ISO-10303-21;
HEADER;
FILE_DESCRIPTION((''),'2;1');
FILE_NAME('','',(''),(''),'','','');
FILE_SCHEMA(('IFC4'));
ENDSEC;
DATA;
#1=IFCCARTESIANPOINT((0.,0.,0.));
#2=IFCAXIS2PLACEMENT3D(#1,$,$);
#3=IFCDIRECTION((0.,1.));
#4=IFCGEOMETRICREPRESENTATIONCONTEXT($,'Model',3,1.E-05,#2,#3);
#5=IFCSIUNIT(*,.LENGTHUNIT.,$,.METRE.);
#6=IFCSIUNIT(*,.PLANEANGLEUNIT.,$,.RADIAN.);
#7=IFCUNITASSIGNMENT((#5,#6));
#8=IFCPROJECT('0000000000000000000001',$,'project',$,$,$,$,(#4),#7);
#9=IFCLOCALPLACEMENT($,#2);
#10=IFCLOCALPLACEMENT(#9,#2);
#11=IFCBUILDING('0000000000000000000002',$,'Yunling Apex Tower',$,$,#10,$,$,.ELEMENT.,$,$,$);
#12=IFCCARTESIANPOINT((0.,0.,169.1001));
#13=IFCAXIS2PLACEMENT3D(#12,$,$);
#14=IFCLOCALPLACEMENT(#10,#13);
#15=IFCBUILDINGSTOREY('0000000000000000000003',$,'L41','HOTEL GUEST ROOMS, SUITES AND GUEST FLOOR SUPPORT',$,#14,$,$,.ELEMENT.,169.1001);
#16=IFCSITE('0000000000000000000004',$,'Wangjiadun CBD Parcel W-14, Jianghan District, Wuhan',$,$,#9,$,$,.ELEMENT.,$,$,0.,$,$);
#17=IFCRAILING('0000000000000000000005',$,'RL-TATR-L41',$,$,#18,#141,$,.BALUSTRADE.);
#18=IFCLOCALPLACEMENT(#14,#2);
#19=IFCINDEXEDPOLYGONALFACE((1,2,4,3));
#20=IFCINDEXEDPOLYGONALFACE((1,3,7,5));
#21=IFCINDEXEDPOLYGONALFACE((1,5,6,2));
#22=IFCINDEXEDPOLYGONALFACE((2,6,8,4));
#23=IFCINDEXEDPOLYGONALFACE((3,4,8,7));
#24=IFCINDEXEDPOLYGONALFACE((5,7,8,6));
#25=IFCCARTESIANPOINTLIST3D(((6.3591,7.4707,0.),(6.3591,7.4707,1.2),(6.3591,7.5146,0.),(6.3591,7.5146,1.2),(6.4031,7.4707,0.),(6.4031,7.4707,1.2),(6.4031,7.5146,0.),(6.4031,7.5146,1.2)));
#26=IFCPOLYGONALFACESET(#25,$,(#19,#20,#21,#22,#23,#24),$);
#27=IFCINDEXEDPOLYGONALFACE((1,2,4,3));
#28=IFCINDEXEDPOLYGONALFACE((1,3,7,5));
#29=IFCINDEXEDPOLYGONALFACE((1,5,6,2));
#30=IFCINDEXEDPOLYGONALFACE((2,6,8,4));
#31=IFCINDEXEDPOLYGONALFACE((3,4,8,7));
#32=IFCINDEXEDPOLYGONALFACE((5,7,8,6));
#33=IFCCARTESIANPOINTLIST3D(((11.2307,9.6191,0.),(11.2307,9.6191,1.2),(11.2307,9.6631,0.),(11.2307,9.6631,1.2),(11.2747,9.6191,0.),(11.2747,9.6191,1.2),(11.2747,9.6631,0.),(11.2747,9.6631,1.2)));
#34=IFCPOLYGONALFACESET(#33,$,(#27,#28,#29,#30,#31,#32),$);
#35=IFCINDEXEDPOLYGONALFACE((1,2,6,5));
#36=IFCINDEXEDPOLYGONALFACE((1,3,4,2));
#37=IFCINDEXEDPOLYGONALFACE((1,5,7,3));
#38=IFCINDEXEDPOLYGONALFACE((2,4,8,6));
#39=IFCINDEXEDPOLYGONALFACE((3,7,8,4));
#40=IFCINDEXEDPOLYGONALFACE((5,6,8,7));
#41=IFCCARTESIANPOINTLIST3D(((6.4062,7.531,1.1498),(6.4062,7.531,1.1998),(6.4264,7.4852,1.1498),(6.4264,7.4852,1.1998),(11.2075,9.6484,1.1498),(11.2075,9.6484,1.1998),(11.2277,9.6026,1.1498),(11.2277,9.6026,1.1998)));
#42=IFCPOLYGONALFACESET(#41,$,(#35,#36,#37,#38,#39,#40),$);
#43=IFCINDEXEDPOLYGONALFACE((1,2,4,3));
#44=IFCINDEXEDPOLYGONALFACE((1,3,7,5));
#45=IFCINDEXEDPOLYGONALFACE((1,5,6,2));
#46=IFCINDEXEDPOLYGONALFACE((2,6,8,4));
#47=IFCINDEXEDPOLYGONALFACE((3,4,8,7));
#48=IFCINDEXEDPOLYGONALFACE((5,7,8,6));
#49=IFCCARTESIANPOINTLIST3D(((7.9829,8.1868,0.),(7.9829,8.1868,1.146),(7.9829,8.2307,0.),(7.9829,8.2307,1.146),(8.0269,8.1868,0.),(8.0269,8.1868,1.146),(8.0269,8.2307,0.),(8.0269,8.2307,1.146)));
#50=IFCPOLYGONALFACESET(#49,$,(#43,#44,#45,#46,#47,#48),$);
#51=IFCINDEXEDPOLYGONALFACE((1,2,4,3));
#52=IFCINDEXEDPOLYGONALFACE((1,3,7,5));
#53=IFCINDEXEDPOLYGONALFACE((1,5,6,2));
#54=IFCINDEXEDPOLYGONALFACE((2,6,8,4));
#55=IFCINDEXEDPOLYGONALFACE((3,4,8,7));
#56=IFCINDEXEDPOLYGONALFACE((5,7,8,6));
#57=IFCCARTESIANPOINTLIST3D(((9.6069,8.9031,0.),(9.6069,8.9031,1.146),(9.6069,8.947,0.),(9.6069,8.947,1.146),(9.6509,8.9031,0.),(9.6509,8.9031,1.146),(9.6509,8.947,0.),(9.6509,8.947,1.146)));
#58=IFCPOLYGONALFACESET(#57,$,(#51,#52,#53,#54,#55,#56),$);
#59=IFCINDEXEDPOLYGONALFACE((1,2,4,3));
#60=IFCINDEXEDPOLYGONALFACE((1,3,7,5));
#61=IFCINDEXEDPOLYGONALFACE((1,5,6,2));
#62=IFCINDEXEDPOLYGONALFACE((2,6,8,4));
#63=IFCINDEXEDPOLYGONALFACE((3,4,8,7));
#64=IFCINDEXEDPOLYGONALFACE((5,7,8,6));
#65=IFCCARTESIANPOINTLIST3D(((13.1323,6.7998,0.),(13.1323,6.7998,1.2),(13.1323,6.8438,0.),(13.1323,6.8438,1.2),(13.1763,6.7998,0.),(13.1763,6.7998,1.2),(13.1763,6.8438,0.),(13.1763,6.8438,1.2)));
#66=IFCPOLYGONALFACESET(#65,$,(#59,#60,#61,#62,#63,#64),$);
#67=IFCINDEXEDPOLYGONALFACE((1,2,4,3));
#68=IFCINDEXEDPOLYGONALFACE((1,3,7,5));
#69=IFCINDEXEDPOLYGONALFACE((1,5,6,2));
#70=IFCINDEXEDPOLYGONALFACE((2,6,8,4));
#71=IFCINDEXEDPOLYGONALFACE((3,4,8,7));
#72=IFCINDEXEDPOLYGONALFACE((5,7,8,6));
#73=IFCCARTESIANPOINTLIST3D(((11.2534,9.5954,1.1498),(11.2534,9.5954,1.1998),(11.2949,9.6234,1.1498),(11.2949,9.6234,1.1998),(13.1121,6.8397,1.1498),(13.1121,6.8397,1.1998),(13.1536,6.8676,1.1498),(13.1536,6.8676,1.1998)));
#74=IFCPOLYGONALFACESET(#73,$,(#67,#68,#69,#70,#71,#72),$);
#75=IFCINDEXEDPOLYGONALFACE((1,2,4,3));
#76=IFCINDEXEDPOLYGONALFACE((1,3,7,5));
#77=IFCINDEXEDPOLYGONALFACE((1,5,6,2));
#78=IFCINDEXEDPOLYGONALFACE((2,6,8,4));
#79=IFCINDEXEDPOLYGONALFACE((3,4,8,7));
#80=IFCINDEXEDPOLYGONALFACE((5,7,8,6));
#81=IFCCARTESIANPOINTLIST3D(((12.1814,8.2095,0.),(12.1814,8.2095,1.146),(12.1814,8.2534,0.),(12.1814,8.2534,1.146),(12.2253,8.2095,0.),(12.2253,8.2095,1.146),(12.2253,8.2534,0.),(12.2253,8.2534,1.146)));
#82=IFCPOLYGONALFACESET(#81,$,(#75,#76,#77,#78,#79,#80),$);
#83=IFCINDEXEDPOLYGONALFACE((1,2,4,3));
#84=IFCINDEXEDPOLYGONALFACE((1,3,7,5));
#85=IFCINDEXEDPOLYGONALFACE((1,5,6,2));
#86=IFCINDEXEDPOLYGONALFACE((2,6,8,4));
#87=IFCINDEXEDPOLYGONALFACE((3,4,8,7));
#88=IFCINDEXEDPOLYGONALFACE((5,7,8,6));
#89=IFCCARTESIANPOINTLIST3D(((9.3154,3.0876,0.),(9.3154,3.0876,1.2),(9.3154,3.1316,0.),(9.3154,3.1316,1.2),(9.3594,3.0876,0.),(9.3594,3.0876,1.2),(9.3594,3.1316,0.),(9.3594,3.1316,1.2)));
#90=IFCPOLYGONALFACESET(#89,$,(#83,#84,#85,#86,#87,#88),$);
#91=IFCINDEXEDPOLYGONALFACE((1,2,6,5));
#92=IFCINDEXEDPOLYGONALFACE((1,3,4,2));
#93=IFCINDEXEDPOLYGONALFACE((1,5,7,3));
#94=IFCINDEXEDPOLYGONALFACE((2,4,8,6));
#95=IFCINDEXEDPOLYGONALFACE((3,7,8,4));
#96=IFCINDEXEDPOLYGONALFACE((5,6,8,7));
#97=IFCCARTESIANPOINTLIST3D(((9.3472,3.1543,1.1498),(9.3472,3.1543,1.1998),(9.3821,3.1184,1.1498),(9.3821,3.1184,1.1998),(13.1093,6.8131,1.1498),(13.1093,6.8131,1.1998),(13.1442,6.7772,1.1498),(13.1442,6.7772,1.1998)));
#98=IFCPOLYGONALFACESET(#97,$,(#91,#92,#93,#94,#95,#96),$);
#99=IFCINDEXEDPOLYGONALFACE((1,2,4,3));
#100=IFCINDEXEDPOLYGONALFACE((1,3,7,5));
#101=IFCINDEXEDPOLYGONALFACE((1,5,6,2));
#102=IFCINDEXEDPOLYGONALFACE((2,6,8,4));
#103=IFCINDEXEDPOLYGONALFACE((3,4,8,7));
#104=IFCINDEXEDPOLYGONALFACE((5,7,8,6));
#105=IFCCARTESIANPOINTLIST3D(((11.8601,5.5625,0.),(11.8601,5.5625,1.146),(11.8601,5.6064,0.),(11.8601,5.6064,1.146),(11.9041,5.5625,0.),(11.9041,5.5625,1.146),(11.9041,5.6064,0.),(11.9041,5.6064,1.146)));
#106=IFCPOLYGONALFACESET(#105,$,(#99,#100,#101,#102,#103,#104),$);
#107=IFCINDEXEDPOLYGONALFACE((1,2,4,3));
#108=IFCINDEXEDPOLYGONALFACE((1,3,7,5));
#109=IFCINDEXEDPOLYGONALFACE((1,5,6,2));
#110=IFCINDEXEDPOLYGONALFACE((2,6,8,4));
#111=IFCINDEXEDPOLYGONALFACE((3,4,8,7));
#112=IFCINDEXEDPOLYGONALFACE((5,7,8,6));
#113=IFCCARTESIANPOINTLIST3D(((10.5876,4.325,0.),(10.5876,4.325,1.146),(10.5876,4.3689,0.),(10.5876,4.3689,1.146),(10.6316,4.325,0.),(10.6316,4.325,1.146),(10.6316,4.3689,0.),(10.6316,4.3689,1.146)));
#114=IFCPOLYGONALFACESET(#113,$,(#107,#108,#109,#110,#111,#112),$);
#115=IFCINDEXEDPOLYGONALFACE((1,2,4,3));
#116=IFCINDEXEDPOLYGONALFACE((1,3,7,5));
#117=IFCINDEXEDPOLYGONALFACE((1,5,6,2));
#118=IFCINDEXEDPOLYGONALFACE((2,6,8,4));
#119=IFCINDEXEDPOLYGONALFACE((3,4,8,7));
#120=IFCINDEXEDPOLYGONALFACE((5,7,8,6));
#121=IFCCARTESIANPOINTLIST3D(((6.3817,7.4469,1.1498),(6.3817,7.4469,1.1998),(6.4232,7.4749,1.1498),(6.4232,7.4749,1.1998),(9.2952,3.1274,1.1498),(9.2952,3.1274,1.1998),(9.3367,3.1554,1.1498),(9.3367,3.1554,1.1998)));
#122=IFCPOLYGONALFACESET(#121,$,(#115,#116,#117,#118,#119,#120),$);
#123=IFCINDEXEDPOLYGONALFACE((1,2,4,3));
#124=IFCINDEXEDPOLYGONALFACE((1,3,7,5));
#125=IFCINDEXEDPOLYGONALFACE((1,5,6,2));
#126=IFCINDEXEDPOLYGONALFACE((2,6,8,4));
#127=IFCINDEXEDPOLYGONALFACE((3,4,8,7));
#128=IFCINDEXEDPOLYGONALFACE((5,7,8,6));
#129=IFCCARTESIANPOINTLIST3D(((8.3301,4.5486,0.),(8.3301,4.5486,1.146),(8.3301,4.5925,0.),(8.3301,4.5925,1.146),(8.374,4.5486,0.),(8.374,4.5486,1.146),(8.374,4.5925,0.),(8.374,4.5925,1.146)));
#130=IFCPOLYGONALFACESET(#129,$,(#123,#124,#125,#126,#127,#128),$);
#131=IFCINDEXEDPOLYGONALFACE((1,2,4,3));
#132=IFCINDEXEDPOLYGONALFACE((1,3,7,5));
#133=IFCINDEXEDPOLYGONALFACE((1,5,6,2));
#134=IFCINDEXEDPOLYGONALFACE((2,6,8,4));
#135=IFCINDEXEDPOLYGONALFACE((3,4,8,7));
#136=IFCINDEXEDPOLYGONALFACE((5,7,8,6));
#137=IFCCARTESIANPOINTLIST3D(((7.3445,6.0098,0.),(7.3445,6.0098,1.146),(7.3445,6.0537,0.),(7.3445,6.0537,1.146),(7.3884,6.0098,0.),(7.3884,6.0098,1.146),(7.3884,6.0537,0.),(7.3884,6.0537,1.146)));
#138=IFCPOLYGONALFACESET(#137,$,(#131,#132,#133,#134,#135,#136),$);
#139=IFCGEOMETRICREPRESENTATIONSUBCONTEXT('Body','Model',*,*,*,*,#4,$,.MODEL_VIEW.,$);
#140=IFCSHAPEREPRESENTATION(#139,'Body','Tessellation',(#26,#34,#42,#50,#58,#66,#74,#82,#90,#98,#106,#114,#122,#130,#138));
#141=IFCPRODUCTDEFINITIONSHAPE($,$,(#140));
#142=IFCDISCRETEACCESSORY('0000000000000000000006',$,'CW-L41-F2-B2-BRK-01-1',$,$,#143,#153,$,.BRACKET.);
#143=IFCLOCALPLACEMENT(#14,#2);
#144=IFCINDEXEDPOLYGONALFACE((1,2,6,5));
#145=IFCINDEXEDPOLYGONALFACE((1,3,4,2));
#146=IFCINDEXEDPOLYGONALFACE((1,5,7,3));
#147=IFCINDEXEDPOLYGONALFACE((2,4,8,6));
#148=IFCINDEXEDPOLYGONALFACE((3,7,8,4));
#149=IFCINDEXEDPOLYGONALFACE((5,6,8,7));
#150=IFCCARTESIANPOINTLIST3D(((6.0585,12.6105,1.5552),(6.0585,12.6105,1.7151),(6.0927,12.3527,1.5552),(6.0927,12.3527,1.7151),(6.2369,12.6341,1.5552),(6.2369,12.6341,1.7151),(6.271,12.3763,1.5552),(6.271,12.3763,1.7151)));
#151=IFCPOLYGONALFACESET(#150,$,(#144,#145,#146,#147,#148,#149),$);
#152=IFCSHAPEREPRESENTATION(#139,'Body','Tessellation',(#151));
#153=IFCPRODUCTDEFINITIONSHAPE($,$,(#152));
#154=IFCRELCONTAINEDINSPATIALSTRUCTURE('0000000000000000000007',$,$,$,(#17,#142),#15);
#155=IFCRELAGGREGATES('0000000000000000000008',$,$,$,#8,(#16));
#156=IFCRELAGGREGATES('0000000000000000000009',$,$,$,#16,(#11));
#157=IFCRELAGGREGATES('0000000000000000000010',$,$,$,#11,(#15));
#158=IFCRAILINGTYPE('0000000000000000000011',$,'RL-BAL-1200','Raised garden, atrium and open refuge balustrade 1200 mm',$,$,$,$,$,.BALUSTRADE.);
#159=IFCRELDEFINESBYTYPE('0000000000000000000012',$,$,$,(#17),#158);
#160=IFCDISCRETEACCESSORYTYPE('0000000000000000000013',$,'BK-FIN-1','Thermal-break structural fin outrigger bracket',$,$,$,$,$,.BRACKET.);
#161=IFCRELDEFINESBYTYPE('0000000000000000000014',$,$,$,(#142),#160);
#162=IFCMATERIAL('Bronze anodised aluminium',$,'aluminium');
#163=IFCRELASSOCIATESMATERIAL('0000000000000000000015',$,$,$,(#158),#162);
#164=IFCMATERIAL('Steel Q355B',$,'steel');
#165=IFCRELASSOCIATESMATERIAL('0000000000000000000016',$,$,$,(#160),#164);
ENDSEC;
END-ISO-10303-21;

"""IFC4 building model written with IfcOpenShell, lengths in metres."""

from ifc_helpers import new_model, si_unit, direction, frame, origin, origin_2d, place, context, subcontext, project, spatial, rectangle, extrude, source, transform, mapped, material, type_object, element, save


model = new_model("IFC4")

# Units and contexts
model_context = context("Model", 3, precision=1e-05, world=origin(), true_north=direction((0.0, 1.0)))
body_context = subcontext(model_context, "Body", "Model", "MODEL_VIEW")
ifc_project = project(units=[si_unit("LENGTHUNIT", "METRE"), si_unit("PLANEANGLEUNIT", "RADIAN")], contexts=[model_context])

# Site, building, storey
site_placement = place(None, origin())
site = spatial("IfcSite", under=ifc_project, at=site_placement, Name="Wangjiadun CBD Parcel W-14, Jianghan District, Wuhan", CompositionType="ELEMENT", RefElevation=0.0)
building_placement = place(site_placement, origin())
building = spatial("IfcBuilding", under=site, at=building_placement, Name="Yunling Apex Tower", CompositionType="ELEMENT")
storey_placement = place(building_placement, frame((0.0, 0.0, 169.1001)))
storey = spatial("IfcBuildingStorey", under=building, at=storey_placement, Name="L41", Description="HOTEL GUEST ROOMS, SUITES AND GUEST FLOOR SUPPORT", CompositionType="ELEMENT", Elevation=169.1001)

# Shared definitions
ifc_material_1 = material(Name="Steel Q355B", Category="steel")

# Shared definitions
ifc_material_2 = material(Name="Bronze anodised aluminium", Category="aluminium")

# Railing
railing_type = type_object("IfcRailingType", Name="RL-BAL-1200", Description="Raised garden, atrium and open refuge balustrade 1200 mm", PredefinedType="BALUSTRADE", material=ifc_material_2)
railing_1_placement = place(storey_placement, frame((6.3811, 7.4927, 0.0)))
element("IfcRailing", 1, at=railing_1_placement, inside=storey, type_object=railing_type, Name="RL-TATR-L41", PredefinedType="BALUSTRADE", context=body_context, shape_type="SweptSolid", body=[
    extrude(rectangle(XDim=0.0439, YDim=0.0439, at=origin_2d()), origin(), (0.0, 0.0, 1.0), 1.2),
    extrude(rectangle(XDim=0.0439, YDim=0.0439, at=origin_2d()), frame((4.8716, 2.1484, 0.0)), (0.0, 0.0, 1.0), 1.2),
    extrude(rectangle(XDim=0.05, YDim=0.05, at=origin_2d()), frame((0.0352, 0.0154, 1.1748), z_axis=(0.914973, 0.403516, 0.0), x_axis=(-0.403516, 0.914973, 0.0)), (0.0, 0.0, 1.0), 5.2476),
    extrude(rectangle(XDim=0.0439, YDim=0.0439, at=origin_2d()), frame((1.6238, 0.7161, 0.0)), (0.0, 0.0, 1.0), 1.146),
    extrude(rectangle(XDim=0.0439, YDim=0.0439, at=origin_2d()), frame((3.2478, 1.4324, 0.0)), (0.0, 0.0, 1.0), 1.146),
    extrude(rectangle(XDim=0.0439, YDim=0.0439, at=origin_2d()), frame((6.7732, -0.6709, 0.0)), (0.0, 0.0, 1.0), 1.2),
    extrude(rectangle(XDim=0.05, YDim=0.05, at=origin_2d()), frame((4.8931, 2.1167, 1.1748), z_axis=(0.559182, -0.829045, 0.0), x_axis=(0.829045, 0.559182, 0.0)), (0.0, 0.0, 1.0), 3.324),
    extrude(rectangle(XDim=0.0439, YDim=0.0439, at=origin_2d()), frame((5.8223, 0.7388, 0.0)), (0.0, 0.0, 1.0), 1.146),
    extrude(rectangle(XDim=0.0439, YDim=0.0439, at=origin_2d()), frame((2.9563, -4.3831, 0.0)), (0.0, 0.0, 1.0), 1.2),
    extrude(rectangle(XDim=0.05, YDim=0.05, at=origin_2d()), frame((6.7456, -0.6975, 1.1748), z_axis=(-0.716874, -0.697203, 0.0), x_axis=(0.697203, -0.716874, 0.0)), (0.0, 0.0, 1.0), 5.2478),
    extrude(rectangle(XDim=0.0439, YDim=0.0439, at=origin_2d()), frame((5.501, -1.9082, 0.0)), (0.0, 0.0, 1.0), 1.146),
    extrude(rectangle(XDim=0.0439, YDim=0.0439, at=origin_2d()), frame((4.2285, -3.1458, 0.0)), (0.0, 0.0, 1.0), 1.146),
    extrude(rectangle(XDim=0.05, YDim=0.05, at=origin_2d()), frame((2.9348, -4.3513, 1.1748), z_axis=(-0.559179, 0.829047, 0.0), x_axis=(-0.829047, -0.559179, 0.0)), (0.0, 0.0, 1.0), 5.2102),
    extrude(rectangle(XDim=0.0439, YDim=0.0439, at=origin_2d()), frame((1.9709, -2.9221, 0.0)), (0.0, 0.0, 1.0), 1.146),
    extrude(rectangle(XDim=0.0439, YDim=0.0439, at=origin_2d()), frame((0.9854, -1.4609, 0.0)), (0.0, 0.0, 1.0), 1.146),
])

# Discrete accessory
discrete_accessory_type = type_object("IfcDiscreteAccessoryType", Name="BK-FIN-1", Description="Thermal-break structural fin outrigger bracket", PredefinedType="BRACKET", material=ifc_material_1)
shared_shape_1 = source(origin(), body_context, "Body", "SweptSolid", [
    extrude(rectangle(XDim=0.1799, YDim=0.26, at=origin_2d()), origin(), (0.0, 0.0, 1.0), 0.1599),
])
discrete_accessory_placement = place(storey_placement, frame((6.1648, 12.4934, 1.5552), z_axis=(0.0, 0.0, 1.0), x_axis=(-0.991353, -0.131218, 0.0)))
element("IfcDiscreteAccessory", 2, at=discrete_accessory_placement, inside=storey, type_object=discrete_accessory_type, Name="CW-L41-F2-B2-BRK-01-1", PredefinedType="BRACKET", context=body_context, shape_type="MappedRepresentation", body=[
    mapped(shared_shape_1, transform((0.0, 0.0, 0.0), scale=1.0)),
])

save(model, "model.ifc")
